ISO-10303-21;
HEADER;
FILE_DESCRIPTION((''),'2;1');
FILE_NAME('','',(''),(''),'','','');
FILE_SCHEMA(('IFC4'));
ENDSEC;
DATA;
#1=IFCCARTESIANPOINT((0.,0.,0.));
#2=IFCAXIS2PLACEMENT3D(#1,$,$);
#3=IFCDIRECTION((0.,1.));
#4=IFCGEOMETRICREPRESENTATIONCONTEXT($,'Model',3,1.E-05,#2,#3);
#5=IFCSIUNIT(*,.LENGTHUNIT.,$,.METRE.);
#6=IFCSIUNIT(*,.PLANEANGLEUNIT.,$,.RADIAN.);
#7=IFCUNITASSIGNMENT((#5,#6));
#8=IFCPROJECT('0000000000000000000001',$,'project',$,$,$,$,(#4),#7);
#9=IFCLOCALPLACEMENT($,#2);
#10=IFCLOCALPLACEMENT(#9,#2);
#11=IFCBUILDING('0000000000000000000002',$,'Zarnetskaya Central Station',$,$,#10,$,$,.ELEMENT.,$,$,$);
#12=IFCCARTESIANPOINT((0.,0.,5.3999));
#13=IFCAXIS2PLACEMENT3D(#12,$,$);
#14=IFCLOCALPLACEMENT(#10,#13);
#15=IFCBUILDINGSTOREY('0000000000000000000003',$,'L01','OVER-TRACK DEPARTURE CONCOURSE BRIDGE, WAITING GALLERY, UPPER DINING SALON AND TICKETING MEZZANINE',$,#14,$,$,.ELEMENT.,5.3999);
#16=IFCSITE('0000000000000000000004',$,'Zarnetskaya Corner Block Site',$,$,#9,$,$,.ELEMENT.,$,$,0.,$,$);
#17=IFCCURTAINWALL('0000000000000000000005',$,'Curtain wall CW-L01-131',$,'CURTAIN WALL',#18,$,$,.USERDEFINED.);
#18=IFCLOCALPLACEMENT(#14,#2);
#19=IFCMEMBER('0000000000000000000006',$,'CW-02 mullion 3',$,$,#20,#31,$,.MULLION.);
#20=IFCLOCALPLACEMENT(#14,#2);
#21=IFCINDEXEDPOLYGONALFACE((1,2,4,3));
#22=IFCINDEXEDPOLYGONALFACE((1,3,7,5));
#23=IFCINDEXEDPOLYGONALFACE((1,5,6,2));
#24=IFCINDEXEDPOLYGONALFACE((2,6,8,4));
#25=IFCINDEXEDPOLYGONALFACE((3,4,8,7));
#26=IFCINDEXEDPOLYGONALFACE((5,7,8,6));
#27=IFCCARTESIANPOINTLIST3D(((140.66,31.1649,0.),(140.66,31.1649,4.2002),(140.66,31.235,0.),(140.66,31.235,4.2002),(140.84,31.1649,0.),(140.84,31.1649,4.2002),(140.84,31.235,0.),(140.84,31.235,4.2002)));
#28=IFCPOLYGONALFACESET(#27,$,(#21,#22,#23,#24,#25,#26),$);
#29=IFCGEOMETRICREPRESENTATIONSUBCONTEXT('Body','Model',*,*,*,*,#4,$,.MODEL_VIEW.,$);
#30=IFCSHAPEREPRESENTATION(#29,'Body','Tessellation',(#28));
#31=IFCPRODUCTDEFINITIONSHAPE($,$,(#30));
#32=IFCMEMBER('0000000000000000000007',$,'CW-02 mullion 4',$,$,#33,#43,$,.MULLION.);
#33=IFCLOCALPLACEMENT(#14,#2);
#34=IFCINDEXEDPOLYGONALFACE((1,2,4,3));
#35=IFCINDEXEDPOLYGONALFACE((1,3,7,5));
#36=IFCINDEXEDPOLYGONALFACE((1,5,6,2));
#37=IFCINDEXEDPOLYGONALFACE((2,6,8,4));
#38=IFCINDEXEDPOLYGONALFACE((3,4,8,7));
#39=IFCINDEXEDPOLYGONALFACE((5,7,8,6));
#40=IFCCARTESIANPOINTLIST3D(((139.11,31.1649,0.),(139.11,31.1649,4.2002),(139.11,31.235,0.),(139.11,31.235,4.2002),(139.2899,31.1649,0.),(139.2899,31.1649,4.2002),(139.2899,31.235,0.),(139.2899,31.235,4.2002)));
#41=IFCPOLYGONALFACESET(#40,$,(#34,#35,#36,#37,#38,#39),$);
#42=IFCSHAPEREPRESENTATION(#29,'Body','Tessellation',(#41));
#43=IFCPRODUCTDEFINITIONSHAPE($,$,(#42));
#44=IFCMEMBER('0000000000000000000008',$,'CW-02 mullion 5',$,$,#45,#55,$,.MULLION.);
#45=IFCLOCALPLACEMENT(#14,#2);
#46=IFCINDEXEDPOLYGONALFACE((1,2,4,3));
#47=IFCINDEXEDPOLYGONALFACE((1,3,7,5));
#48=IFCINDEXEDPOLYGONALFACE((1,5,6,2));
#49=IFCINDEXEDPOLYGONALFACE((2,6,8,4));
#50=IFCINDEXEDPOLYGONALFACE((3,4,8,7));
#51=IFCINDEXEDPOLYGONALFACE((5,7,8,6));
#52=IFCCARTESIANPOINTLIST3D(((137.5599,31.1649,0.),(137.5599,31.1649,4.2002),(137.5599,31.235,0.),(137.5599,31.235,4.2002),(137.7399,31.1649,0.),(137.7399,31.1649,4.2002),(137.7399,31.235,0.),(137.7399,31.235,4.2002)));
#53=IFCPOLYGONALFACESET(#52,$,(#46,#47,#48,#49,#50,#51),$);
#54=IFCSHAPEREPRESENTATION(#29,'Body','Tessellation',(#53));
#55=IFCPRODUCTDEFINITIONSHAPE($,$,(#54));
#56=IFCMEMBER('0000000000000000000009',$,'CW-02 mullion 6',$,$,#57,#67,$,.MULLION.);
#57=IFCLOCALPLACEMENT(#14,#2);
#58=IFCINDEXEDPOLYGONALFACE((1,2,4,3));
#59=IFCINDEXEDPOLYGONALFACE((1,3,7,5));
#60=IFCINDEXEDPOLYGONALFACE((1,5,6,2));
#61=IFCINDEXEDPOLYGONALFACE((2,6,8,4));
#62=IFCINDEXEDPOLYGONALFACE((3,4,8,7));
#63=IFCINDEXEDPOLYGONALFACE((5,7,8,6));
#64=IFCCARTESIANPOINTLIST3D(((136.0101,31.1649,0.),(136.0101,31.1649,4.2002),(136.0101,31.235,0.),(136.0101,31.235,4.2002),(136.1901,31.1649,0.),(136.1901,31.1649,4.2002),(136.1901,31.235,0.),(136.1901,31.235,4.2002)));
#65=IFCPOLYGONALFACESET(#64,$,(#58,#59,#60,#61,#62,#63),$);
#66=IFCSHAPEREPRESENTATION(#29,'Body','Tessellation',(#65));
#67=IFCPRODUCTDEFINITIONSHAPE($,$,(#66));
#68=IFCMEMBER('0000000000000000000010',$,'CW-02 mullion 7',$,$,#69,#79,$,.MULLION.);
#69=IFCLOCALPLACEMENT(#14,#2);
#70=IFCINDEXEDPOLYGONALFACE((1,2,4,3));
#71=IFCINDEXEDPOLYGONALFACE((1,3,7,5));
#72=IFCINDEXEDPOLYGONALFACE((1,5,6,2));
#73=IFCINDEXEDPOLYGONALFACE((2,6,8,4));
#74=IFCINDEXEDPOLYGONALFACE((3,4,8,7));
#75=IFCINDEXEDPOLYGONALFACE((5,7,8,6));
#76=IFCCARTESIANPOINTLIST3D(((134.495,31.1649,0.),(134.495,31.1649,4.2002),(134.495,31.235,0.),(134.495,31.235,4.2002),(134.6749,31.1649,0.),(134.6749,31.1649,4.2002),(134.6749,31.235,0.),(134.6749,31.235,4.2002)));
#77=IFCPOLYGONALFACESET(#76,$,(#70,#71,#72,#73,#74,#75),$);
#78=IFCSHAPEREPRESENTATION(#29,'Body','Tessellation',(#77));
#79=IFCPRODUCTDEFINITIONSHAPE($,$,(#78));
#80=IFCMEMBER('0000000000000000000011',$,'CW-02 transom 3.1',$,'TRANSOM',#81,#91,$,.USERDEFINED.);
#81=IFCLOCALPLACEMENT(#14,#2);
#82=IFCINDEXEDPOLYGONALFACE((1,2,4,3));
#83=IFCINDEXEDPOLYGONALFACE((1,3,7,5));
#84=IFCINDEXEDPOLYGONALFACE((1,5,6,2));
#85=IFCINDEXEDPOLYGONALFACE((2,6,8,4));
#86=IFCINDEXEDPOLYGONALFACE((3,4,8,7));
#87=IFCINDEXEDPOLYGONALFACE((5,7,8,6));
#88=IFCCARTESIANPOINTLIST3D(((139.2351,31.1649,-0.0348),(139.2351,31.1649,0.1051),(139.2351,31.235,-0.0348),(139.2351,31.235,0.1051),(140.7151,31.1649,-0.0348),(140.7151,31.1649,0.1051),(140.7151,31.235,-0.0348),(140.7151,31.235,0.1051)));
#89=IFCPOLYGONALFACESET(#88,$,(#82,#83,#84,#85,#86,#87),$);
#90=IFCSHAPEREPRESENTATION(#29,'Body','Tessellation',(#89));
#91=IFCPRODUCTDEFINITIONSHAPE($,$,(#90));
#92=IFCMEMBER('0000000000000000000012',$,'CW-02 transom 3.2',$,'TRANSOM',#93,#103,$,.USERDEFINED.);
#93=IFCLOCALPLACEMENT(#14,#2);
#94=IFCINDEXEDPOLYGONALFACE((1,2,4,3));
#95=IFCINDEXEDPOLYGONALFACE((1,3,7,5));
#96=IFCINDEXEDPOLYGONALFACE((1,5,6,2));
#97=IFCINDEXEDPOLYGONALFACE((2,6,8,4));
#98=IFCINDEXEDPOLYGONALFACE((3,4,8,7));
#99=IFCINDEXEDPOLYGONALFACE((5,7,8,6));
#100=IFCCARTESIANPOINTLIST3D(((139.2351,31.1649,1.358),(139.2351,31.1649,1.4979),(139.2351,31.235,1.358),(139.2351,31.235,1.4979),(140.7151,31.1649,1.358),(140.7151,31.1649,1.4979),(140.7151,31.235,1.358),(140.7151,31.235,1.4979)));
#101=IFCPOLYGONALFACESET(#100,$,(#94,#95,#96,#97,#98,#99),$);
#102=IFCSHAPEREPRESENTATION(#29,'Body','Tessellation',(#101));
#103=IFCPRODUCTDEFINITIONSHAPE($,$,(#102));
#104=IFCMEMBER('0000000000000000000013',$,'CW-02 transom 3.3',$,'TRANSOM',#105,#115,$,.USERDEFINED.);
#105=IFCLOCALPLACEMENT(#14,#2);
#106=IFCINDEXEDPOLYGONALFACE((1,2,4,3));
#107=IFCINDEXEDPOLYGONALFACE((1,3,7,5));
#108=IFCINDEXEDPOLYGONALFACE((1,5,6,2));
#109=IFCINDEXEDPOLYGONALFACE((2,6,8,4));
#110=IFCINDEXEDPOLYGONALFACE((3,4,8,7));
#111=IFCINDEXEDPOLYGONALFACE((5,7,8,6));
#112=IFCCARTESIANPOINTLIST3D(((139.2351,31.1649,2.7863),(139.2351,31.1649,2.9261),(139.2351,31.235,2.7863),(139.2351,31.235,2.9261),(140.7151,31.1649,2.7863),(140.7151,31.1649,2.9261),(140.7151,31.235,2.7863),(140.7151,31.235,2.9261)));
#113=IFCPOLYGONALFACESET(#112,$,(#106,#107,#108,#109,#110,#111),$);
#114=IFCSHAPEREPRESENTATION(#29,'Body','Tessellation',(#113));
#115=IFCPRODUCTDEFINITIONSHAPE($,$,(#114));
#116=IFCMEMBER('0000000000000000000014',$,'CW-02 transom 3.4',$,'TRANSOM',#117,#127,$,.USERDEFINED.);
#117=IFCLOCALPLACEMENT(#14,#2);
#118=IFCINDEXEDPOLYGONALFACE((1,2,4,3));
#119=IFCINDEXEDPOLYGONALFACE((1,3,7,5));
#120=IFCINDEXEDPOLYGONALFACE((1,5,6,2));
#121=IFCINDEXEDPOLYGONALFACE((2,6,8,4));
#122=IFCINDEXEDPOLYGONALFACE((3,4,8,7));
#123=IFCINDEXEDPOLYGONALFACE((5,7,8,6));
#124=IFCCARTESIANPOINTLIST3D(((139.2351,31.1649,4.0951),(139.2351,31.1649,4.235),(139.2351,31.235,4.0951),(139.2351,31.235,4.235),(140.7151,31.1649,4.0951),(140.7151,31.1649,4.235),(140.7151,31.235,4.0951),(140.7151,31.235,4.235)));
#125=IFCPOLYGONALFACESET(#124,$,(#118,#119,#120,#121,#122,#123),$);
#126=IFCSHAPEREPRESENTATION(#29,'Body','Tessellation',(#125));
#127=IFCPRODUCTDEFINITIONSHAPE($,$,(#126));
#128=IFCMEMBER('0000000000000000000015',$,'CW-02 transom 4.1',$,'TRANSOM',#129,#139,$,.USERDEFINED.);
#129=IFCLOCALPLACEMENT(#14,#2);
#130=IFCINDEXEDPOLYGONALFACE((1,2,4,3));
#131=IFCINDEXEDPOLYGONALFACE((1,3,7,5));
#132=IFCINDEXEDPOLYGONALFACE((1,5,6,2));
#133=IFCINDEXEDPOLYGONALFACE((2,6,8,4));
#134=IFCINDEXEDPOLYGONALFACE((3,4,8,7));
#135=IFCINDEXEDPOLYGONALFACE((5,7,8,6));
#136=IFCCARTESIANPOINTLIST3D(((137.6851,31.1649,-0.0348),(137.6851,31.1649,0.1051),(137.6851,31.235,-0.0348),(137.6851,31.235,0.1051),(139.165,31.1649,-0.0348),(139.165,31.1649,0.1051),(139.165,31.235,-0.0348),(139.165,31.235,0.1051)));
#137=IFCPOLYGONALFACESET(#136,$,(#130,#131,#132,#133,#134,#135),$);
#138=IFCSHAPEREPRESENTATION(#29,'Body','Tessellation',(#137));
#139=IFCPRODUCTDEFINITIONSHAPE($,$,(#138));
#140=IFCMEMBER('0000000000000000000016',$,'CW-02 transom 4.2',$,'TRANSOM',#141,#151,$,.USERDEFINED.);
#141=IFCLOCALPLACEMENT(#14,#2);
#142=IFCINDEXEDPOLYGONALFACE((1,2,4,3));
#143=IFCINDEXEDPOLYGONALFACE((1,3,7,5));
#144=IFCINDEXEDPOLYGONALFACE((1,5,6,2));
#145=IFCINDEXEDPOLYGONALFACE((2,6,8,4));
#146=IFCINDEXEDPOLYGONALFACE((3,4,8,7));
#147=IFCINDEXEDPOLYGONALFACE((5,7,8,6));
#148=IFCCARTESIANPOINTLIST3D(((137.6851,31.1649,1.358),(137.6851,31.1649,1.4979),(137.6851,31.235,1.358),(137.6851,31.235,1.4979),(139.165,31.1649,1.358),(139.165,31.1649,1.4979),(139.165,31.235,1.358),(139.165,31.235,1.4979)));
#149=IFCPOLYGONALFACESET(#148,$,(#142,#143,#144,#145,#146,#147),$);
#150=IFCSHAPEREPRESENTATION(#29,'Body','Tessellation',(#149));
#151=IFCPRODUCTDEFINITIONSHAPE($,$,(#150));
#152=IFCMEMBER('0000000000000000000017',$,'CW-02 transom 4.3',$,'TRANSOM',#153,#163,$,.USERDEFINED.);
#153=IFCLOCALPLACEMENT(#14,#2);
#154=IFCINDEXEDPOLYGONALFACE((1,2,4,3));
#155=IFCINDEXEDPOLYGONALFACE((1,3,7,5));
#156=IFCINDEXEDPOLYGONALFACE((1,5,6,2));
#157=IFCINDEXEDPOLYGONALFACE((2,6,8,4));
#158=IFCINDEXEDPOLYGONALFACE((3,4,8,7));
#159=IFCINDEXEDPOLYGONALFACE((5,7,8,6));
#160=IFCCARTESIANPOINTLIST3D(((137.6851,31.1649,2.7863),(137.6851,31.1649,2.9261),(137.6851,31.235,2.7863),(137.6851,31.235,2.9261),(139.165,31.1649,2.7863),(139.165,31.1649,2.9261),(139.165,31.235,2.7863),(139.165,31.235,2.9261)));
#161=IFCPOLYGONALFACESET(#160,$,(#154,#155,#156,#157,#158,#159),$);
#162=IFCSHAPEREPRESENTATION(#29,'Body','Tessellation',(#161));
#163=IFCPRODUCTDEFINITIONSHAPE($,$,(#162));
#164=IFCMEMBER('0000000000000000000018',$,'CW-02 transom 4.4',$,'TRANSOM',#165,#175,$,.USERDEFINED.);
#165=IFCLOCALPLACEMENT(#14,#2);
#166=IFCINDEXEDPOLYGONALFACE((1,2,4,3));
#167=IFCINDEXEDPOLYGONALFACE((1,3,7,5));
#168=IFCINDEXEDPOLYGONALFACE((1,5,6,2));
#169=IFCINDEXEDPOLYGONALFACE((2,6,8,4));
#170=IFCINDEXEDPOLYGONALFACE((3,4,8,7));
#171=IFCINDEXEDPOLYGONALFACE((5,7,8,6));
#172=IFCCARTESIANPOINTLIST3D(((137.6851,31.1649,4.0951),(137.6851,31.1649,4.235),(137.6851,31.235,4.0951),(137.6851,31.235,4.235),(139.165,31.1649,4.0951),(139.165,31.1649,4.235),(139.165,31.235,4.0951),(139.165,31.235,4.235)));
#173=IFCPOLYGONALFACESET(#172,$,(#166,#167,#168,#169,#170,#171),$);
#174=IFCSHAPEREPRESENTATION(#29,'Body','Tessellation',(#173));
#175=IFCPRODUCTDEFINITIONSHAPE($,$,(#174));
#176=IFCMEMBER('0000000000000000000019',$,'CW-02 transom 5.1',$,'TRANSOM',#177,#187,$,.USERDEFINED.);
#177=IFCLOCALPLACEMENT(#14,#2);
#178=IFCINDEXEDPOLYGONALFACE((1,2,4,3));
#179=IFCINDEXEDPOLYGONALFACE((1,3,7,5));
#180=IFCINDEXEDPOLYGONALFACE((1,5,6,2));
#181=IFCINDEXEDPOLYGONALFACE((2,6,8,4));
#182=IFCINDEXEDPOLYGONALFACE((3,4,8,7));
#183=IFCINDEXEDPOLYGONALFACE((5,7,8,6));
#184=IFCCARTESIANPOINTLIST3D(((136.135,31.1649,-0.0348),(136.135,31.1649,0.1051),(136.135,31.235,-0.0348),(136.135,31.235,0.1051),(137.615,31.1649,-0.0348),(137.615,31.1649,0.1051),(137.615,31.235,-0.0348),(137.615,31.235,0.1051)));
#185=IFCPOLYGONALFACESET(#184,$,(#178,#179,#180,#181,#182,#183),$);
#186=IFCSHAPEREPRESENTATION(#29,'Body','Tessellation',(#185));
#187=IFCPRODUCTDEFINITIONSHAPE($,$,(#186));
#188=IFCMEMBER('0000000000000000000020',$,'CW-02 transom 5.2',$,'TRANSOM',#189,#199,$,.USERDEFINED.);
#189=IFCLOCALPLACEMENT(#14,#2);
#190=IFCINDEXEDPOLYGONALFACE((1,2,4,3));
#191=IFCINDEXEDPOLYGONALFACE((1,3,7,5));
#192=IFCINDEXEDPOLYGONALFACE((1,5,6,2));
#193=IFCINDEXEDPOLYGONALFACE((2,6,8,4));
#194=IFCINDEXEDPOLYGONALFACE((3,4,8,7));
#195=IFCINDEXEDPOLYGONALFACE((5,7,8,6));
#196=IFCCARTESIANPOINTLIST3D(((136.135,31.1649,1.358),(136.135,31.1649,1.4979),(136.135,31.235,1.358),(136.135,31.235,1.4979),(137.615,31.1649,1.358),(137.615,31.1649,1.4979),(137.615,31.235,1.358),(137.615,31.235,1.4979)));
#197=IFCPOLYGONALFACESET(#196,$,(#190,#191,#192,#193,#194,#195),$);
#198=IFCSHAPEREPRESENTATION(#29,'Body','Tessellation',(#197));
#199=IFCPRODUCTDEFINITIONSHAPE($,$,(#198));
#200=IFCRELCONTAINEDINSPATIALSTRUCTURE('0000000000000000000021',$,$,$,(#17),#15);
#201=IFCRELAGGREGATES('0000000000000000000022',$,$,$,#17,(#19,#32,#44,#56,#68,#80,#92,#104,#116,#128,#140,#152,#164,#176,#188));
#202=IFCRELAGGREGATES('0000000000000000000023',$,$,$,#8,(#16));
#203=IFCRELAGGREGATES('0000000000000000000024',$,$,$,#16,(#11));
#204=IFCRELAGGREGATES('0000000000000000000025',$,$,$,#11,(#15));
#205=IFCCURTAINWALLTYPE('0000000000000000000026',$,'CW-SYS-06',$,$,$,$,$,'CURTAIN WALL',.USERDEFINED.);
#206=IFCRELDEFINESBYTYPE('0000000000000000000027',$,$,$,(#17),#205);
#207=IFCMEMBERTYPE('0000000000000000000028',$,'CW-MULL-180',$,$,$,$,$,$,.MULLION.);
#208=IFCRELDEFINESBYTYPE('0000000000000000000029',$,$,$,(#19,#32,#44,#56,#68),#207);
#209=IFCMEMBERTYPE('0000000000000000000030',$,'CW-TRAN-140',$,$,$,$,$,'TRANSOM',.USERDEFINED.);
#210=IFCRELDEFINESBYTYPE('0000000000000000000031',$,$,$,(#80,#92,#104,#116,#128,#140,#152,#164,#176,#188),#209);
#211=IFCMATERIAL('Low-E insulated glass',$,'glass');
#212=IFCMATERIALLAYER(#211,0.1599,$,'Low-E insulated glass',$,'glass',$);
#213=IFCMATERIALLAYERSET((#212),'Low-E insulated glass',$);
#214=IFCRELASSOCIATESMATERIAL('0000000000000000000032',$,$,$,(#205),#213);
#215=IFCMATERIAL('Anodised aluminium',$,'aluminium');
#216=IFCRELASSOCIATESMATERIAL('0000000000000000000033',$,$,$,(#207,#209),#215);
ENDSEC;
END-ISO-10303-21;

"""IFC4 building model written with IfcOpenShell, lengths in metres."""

from ifc_helpers import new_model, si_unit, direction, frame, origin, origin_2d, place, context, subcontext, project, spatial, rectangle, extrude, material, layer, layer_set, material_profile, profile_set, type_object, element, aggregate, save


model = new_model("IFC4")

# Units and contexts
model_context = context("Model", 3, precision=1e-05, world=origin(), true_north=direction((0.0, 1.0)))
body_context = subcontext(model_context, "Body", "Model", "MODEL_VIEW")
ifc_project = project(units=[si_unit("LENGTHUNIT", "METRE"), si_unit("PLANEANGLEUNIT", "RADIAN")], contexts=[model_context])

# Site, building, storey
site_placement = place(None, origin())
site = spatial("IfcSite", under=ifc_project, at=site_placement, Name="Zarnetskaya Corner Block Site", CompositionType="ELEMENT", RefElevation=0.0)
building_placement = place(site_placement, origin())
building = spatial("IfcBuilding", under=site, at=building_placement, Name="Zarnetskaya Central Station", CompositionType="ELEMENT")
storey_placement = place(building_placement, frame((0.0, 0.0, 5.3999)))
storey = spatial("IfcBuildingStorey", under=building, at=storey_placement, Name="L01", Description="OVER-TRACK DEPARTURE CONCOURSE BRIDGE, WAITING GALLERY, UPPER DINING SALON AND TICKETING MEZZANINE", CompositionType="ELEMENT", Elevation=5.3999)

# Curtain wall, members
ifc_material_1 = material(Name="Low-E insulated glass", Category="glass")
ifc_layer_1 = layer(ifc_material_1, 0.1599, Name="Low-E insulated glass", Category="glass")
ifc_layer_set_1 = layer_set([ifc_layer_1], Name="Low-E insulated glass")
curtain_wall_type = type_object("IfcCurtainWallType", Name="CW-SYS-06", ElementType="CURTAIN WALL", PredefinedType="USERDEFINED", material=ifc_layer_set_1)
curtain_wall_placement = place(storey_placement, origin())
curtain_wall = element("IfcCurtainWall", 1, at=curtain_wall_placement, inside=storey, type_object=curtain_wall_type, Name="Curtain wall CW-L01-131", ObjectType="CURTAIN WALL", PredefinedType="USERDEFINED")
ifc_material_2 = material(Name="Anodised aluminium", Category="aluminium")
ifc_material_profile_1 = material_profile(ifc_material_2, rectangle(XDim=0.0701, YDim=0.1799, at=origin_2d()), Name="ALU MULL 70x180")
ifc_profile_set_1 = profile_set([ifc_material_profile_1], Name="Anodised aluminium")
member_type_1 = type_object("IfcMemberType", Name="CW-MULL-180", PredefinedType="MULLION", material=ifc_profile_set_1)
member_1_placement = place(storey_placement, frame((140.75, 31.2, 0.0), z_axis=(0.0, 0.0, 1.0), x_axis=(0.0, -1.0, 0.0)))
member_1 = element("IfcMember", 2, at=member_1_placement, type_object=member_type_1, Name="CW-02 mullion 3", PredefinedType="MULLION", context=body_context, shape_type="SweptSolid", body=[
    extrude(rectangle(XDim=0.0701, YDim=0.1799, at=origin_2d()), origin(), (0.0, 0.0, 1.0), 4.2002),
])
member_2_placement = place(storey_placement, frame((139.2, 31.2, 0.0), z_axis=(0.0, 0.0, 1.0), x_axis=(0.0, -1.0, 0.0)))
member_2 = element("IfcMember", 3, at=member_2_placement, type_object=member_type_1, Name="CW-02 mullion 4", PredefinedType="MULLION", context=body_context, shape_type="SweptSolid", body=[
    extrude(rectangle(XDim=0.0701, YDim=0.1799, at=origin_2d()), origin(), (0.0, 0.0, 1.0), 4.2002),
])
member_3_placement = place(storey_placement, frame((137.6499, 31.2, 0.0), z_axis=(0.0, 0.0, 1.0), x_axis=(0.0, -1.0, 0.0)))
member_3 = element("IfcMember", 4, at=member_3_placement, type_object=member_type_1, Name="CW-02 mullion 5", PredefinedType="MULLION", context=body_context, shape_type="SweptSolid", body=[
    extrude(rectangle(XDim=0.0701, YDim=0.1799, at=origin_2d()), origin(), (0.0, 0.0, 1.0), 4.2002),
])
member_4_placement = place(storey_placement, frame((136.1001, 31.2, 0.0), z_axis=(0.0, 0.0, 1.0), x_axis=(0.0, -1.0, 0.0)))
member_4 = element("IfcMember", 5, at=member_4_placement, type_object=member_type_1, Name="CW-02 mullion 6", PredefinedType="MULLION", context=body_context, shape_type="SweptSolid", body=[
    extrude(rectangle(XDim=0.0701, YDim=0.1799, at=origin_2d()), origin(), (0.0, 0.0, 1.0), 4.2002),
])
member_5_placement = place(storey_placement, frame((134.585, 31.2, 0.0), z_axis=(0.0, 0.0, 1.0), x_axis=(0.0, -1.0, 0.0)))
member_5 = element("IfcMember", 6, at=member_5_placement, type_object=member_type_1, Name="CW-02 mullion 7", PredefinedType="MULLION", context=body_context, shape_type="SweptSolid", body=[
    extrude(rectangle(XDim=0.0701, YDim=0.1799, at=origin_2d()), origin(), (0.0, 0.0, 1.0), 4.2002),
])
ifc_material_profile_2 = material_profile(ifc_material_2, rectangle(XDim=0.0701, YDim=0.1399, at=origin_2d()), Name="ALU TRAN 70x140")
ifc_profile_set_2 = profile_set([ifc_material_profile_2], Name="Anodised aluminium")
member_type_2 = type_object("IfcMemberType", Name="CW-TRAN-140", ElementType="TRANSOM", PredefinedType="USERDEFINED", material=ifc_profile_set_2)
member_6_placement = place(storey_placement, frame((140.7151, 31.2, 0.0352), z_axis=(-1.0, 0.0, 0.0), x_axis=(0.0, -1.0, 0.0)))
member_6 = element("IfcMember", 7, at=member_6_placement, type_object=member_type_2, Name="CW-02 transom 3.1", ObjectType="TRANSOM", PredefinedType="USERDEFINED", context=body_context, shape_type="SweptSolid", body=[
    extrude(rectangle(XDim=0.0701, YDim=0.1399, at=origin_2d()), origin(), (0.0, 0.0, 1.0), 1.48),
])
member_7_placement = place(storey_placement, frame((140.7151, 31.2, 1.428), z_axis=(-1.0, 0.0, 0.0), x_axis=(0.0, -1.0, 0.0)))
member_7 = element("IfcMember", 8, at=member_7_placement, type_object=member_type_2, Name="CW-02 transom 3.2", ObjectType="TRANSOM", PredefinedType="USERDEFINED", context=body_context, shape_type="SweptSolid", body=[
    extrude(rectangle(XDim=0.0701, YDim=0.1399, at=origin_2d()), origin(), (0.0, 0.0, 1.0), 1.48),
])
member_8_placement = place(storey_placement, frame((140.7151, 31.2, 2.8562), z_axis=(-1.0, 0.0, 0.0), x_axis=(0.0, -1.0, 0.0)))
member_8 = element("IfcMember", 9, at=member_8_placement, type_object=member_type_2, Name="CW-02 transom 3.3", ObjectType="TRANSOM", PredefinedType="USERDEFINED", context=body_context, shape_type="SweptSolid", body=[
    extrude(rectangle(XDim=0.0701, YDim=0.1399, at=origin_2d()), origin(), (0.0, 0.0, 1.0), 1.48),
])
member_9_placement = place(storey_placement, frame((140.7151, 31.2, 4.165), z_axis=(-1.0, 0.0, 0.0), x_axis=(0.0, -1.0, 0.0)))
member_9 = element("IfcMember", 10, at=member_9_placement, type_object=member_type_2, Name="CW-02 transom 3.4", ObjectType="TRANSOM", PredefinedType="USERDEFINED", context=body_context, shape_type="SweptSolid", body=[
    extrude(rectangle(XDim=0.0701, YDim=0.1399, at=origin_2d()), origin(), (0.0, 0.0, 1.0), 1.48),
])
member_10_placement = place(storey_placement, frame((139.165, 31.2, 0.0352), z_axis=(-1.0, 0.0, 0.0), x_axis=(0.0, -1.0, 0.0)))
member_10 = element("IfcMember", 11, at=member_10_placement, type_object=member_type_2, Name="CW-02 transom 4.1", ObjectType="TRANSOM", PredefinedType="USERDEFINED", context=body_context, shape_type="SweptSolid", body=[
    extrude(rectangle(XDim=0.0701, YDim=0.1399, at=origin_2d()), origin(), (0.0, 0.0, 1.0), 1.48),
])
member_11_placement = place(storey_placement, frame((139.165, 31.2, 1.428), z_axis=(-1.0, 0.0, 0.0), x_axis=(0.0, -1.0, 0.0)))
member_11 = element("IfcMember", 12, at=member_11_placement, type_object=member_type_2, Name="CW-02 transom 4.2", ObjectType="TRANSOM", PredefinedType="USERDEFINED", context=body_context, shape_type="SweptSolid", body=[
    extrude(rectangle(XDim=0.0701, YDim=0.1399, at=origin_2d()), origin(), (0.0, 0.0, 1.0), 1.48),
])
member_12_placement = place(storey_placement, frame((139.165, 31.2, 2.8562), z_axis=(-1.0, 0.0, 0.0), x_axis=(0.0, -1.0, 0.0)))
member_12 = element("IfcMember", 13, at=member_12_placement, type_object=member_type_2, Name="CW-02 transom 4.3", ObjectType="TRANSOM", PredefinedType="USERDEFINED", context=body_context, shape_type="SweptSolid", body=[
    extrude(rectangle(XDim=0.0701, YDim=0.1399, at=origin_2d()), origin(), (0.0, 0.0, 1.0), 1.48),
])
member_13_placement = place(storey_placement, frame((139.165, 31.2, 4.165), z_axis=(-1.0, 0.0, 0.0), x_axis=(0.0, -1.0, 0.0)))
member_13 = element("IfcMember", 14, at=member_13_placement, type_object=member_type_2, Name="CW-02 transom 4.4", ObjectType="TRANSOM", PredefinedType="USERDEFINED", context=body_context, shape_type="SweptSolid", body=[
    extrude(rectangle(XDim=0.0701, YDim=0.1399, at=origin_2d()), origin(), (0.0, 0.0, 1.0), 1.48),
])
member_14_placement = place(storey_placement, frame((137.615, 31.2, 0.0352), z_axis=(-1.0, 0.0, 0.0), x_axis=(0.0, -1.0, 0.0)))
member_14 = element("IfcMember", 15, at=member_14_placement, type_object=member_type_2, Name="CW-02 transom 5.1", ObjectType="TRANSOM", PredefinedType="USERDEFINED", context=body_context, shape_type="SweptSolid", body=[
    extrude(rectangle(XDim=0.0701, YDim=0.1399, at=origin_2d()), origin(), (0.0, 0.0, 1.0), 1.48),
])
member_15_placement = place(storey_placement, frame((137.615, 31.2, 1.428), z_axis=(-1.0, 0.0, 0.0), x_axis=(0.0, -1.0, 0.0)))
member_15 = element("IfcMember", 16, at=member_15_placement, type_object=member_type_2, Name="CW-02 transom 5.2", ObjectType="TRANSOM", PredefinedType="USERDEFINED", context=body_context, shape_type="SweptSolid", body=[
    extrude(rectangle(XDim=0.0701, YDim=0.1399, at=origin_2d()), origin(), (0.0, 0.0, 1.0), 1.48),
])

aggregate(curtain_wall, [member_1, member_2, member_3, member_4, member_5, member_6, member_7, member_8, member_9, member_10, member_11, member_12, member_13, member_14, member_15])

save(model, "model.ifc")
